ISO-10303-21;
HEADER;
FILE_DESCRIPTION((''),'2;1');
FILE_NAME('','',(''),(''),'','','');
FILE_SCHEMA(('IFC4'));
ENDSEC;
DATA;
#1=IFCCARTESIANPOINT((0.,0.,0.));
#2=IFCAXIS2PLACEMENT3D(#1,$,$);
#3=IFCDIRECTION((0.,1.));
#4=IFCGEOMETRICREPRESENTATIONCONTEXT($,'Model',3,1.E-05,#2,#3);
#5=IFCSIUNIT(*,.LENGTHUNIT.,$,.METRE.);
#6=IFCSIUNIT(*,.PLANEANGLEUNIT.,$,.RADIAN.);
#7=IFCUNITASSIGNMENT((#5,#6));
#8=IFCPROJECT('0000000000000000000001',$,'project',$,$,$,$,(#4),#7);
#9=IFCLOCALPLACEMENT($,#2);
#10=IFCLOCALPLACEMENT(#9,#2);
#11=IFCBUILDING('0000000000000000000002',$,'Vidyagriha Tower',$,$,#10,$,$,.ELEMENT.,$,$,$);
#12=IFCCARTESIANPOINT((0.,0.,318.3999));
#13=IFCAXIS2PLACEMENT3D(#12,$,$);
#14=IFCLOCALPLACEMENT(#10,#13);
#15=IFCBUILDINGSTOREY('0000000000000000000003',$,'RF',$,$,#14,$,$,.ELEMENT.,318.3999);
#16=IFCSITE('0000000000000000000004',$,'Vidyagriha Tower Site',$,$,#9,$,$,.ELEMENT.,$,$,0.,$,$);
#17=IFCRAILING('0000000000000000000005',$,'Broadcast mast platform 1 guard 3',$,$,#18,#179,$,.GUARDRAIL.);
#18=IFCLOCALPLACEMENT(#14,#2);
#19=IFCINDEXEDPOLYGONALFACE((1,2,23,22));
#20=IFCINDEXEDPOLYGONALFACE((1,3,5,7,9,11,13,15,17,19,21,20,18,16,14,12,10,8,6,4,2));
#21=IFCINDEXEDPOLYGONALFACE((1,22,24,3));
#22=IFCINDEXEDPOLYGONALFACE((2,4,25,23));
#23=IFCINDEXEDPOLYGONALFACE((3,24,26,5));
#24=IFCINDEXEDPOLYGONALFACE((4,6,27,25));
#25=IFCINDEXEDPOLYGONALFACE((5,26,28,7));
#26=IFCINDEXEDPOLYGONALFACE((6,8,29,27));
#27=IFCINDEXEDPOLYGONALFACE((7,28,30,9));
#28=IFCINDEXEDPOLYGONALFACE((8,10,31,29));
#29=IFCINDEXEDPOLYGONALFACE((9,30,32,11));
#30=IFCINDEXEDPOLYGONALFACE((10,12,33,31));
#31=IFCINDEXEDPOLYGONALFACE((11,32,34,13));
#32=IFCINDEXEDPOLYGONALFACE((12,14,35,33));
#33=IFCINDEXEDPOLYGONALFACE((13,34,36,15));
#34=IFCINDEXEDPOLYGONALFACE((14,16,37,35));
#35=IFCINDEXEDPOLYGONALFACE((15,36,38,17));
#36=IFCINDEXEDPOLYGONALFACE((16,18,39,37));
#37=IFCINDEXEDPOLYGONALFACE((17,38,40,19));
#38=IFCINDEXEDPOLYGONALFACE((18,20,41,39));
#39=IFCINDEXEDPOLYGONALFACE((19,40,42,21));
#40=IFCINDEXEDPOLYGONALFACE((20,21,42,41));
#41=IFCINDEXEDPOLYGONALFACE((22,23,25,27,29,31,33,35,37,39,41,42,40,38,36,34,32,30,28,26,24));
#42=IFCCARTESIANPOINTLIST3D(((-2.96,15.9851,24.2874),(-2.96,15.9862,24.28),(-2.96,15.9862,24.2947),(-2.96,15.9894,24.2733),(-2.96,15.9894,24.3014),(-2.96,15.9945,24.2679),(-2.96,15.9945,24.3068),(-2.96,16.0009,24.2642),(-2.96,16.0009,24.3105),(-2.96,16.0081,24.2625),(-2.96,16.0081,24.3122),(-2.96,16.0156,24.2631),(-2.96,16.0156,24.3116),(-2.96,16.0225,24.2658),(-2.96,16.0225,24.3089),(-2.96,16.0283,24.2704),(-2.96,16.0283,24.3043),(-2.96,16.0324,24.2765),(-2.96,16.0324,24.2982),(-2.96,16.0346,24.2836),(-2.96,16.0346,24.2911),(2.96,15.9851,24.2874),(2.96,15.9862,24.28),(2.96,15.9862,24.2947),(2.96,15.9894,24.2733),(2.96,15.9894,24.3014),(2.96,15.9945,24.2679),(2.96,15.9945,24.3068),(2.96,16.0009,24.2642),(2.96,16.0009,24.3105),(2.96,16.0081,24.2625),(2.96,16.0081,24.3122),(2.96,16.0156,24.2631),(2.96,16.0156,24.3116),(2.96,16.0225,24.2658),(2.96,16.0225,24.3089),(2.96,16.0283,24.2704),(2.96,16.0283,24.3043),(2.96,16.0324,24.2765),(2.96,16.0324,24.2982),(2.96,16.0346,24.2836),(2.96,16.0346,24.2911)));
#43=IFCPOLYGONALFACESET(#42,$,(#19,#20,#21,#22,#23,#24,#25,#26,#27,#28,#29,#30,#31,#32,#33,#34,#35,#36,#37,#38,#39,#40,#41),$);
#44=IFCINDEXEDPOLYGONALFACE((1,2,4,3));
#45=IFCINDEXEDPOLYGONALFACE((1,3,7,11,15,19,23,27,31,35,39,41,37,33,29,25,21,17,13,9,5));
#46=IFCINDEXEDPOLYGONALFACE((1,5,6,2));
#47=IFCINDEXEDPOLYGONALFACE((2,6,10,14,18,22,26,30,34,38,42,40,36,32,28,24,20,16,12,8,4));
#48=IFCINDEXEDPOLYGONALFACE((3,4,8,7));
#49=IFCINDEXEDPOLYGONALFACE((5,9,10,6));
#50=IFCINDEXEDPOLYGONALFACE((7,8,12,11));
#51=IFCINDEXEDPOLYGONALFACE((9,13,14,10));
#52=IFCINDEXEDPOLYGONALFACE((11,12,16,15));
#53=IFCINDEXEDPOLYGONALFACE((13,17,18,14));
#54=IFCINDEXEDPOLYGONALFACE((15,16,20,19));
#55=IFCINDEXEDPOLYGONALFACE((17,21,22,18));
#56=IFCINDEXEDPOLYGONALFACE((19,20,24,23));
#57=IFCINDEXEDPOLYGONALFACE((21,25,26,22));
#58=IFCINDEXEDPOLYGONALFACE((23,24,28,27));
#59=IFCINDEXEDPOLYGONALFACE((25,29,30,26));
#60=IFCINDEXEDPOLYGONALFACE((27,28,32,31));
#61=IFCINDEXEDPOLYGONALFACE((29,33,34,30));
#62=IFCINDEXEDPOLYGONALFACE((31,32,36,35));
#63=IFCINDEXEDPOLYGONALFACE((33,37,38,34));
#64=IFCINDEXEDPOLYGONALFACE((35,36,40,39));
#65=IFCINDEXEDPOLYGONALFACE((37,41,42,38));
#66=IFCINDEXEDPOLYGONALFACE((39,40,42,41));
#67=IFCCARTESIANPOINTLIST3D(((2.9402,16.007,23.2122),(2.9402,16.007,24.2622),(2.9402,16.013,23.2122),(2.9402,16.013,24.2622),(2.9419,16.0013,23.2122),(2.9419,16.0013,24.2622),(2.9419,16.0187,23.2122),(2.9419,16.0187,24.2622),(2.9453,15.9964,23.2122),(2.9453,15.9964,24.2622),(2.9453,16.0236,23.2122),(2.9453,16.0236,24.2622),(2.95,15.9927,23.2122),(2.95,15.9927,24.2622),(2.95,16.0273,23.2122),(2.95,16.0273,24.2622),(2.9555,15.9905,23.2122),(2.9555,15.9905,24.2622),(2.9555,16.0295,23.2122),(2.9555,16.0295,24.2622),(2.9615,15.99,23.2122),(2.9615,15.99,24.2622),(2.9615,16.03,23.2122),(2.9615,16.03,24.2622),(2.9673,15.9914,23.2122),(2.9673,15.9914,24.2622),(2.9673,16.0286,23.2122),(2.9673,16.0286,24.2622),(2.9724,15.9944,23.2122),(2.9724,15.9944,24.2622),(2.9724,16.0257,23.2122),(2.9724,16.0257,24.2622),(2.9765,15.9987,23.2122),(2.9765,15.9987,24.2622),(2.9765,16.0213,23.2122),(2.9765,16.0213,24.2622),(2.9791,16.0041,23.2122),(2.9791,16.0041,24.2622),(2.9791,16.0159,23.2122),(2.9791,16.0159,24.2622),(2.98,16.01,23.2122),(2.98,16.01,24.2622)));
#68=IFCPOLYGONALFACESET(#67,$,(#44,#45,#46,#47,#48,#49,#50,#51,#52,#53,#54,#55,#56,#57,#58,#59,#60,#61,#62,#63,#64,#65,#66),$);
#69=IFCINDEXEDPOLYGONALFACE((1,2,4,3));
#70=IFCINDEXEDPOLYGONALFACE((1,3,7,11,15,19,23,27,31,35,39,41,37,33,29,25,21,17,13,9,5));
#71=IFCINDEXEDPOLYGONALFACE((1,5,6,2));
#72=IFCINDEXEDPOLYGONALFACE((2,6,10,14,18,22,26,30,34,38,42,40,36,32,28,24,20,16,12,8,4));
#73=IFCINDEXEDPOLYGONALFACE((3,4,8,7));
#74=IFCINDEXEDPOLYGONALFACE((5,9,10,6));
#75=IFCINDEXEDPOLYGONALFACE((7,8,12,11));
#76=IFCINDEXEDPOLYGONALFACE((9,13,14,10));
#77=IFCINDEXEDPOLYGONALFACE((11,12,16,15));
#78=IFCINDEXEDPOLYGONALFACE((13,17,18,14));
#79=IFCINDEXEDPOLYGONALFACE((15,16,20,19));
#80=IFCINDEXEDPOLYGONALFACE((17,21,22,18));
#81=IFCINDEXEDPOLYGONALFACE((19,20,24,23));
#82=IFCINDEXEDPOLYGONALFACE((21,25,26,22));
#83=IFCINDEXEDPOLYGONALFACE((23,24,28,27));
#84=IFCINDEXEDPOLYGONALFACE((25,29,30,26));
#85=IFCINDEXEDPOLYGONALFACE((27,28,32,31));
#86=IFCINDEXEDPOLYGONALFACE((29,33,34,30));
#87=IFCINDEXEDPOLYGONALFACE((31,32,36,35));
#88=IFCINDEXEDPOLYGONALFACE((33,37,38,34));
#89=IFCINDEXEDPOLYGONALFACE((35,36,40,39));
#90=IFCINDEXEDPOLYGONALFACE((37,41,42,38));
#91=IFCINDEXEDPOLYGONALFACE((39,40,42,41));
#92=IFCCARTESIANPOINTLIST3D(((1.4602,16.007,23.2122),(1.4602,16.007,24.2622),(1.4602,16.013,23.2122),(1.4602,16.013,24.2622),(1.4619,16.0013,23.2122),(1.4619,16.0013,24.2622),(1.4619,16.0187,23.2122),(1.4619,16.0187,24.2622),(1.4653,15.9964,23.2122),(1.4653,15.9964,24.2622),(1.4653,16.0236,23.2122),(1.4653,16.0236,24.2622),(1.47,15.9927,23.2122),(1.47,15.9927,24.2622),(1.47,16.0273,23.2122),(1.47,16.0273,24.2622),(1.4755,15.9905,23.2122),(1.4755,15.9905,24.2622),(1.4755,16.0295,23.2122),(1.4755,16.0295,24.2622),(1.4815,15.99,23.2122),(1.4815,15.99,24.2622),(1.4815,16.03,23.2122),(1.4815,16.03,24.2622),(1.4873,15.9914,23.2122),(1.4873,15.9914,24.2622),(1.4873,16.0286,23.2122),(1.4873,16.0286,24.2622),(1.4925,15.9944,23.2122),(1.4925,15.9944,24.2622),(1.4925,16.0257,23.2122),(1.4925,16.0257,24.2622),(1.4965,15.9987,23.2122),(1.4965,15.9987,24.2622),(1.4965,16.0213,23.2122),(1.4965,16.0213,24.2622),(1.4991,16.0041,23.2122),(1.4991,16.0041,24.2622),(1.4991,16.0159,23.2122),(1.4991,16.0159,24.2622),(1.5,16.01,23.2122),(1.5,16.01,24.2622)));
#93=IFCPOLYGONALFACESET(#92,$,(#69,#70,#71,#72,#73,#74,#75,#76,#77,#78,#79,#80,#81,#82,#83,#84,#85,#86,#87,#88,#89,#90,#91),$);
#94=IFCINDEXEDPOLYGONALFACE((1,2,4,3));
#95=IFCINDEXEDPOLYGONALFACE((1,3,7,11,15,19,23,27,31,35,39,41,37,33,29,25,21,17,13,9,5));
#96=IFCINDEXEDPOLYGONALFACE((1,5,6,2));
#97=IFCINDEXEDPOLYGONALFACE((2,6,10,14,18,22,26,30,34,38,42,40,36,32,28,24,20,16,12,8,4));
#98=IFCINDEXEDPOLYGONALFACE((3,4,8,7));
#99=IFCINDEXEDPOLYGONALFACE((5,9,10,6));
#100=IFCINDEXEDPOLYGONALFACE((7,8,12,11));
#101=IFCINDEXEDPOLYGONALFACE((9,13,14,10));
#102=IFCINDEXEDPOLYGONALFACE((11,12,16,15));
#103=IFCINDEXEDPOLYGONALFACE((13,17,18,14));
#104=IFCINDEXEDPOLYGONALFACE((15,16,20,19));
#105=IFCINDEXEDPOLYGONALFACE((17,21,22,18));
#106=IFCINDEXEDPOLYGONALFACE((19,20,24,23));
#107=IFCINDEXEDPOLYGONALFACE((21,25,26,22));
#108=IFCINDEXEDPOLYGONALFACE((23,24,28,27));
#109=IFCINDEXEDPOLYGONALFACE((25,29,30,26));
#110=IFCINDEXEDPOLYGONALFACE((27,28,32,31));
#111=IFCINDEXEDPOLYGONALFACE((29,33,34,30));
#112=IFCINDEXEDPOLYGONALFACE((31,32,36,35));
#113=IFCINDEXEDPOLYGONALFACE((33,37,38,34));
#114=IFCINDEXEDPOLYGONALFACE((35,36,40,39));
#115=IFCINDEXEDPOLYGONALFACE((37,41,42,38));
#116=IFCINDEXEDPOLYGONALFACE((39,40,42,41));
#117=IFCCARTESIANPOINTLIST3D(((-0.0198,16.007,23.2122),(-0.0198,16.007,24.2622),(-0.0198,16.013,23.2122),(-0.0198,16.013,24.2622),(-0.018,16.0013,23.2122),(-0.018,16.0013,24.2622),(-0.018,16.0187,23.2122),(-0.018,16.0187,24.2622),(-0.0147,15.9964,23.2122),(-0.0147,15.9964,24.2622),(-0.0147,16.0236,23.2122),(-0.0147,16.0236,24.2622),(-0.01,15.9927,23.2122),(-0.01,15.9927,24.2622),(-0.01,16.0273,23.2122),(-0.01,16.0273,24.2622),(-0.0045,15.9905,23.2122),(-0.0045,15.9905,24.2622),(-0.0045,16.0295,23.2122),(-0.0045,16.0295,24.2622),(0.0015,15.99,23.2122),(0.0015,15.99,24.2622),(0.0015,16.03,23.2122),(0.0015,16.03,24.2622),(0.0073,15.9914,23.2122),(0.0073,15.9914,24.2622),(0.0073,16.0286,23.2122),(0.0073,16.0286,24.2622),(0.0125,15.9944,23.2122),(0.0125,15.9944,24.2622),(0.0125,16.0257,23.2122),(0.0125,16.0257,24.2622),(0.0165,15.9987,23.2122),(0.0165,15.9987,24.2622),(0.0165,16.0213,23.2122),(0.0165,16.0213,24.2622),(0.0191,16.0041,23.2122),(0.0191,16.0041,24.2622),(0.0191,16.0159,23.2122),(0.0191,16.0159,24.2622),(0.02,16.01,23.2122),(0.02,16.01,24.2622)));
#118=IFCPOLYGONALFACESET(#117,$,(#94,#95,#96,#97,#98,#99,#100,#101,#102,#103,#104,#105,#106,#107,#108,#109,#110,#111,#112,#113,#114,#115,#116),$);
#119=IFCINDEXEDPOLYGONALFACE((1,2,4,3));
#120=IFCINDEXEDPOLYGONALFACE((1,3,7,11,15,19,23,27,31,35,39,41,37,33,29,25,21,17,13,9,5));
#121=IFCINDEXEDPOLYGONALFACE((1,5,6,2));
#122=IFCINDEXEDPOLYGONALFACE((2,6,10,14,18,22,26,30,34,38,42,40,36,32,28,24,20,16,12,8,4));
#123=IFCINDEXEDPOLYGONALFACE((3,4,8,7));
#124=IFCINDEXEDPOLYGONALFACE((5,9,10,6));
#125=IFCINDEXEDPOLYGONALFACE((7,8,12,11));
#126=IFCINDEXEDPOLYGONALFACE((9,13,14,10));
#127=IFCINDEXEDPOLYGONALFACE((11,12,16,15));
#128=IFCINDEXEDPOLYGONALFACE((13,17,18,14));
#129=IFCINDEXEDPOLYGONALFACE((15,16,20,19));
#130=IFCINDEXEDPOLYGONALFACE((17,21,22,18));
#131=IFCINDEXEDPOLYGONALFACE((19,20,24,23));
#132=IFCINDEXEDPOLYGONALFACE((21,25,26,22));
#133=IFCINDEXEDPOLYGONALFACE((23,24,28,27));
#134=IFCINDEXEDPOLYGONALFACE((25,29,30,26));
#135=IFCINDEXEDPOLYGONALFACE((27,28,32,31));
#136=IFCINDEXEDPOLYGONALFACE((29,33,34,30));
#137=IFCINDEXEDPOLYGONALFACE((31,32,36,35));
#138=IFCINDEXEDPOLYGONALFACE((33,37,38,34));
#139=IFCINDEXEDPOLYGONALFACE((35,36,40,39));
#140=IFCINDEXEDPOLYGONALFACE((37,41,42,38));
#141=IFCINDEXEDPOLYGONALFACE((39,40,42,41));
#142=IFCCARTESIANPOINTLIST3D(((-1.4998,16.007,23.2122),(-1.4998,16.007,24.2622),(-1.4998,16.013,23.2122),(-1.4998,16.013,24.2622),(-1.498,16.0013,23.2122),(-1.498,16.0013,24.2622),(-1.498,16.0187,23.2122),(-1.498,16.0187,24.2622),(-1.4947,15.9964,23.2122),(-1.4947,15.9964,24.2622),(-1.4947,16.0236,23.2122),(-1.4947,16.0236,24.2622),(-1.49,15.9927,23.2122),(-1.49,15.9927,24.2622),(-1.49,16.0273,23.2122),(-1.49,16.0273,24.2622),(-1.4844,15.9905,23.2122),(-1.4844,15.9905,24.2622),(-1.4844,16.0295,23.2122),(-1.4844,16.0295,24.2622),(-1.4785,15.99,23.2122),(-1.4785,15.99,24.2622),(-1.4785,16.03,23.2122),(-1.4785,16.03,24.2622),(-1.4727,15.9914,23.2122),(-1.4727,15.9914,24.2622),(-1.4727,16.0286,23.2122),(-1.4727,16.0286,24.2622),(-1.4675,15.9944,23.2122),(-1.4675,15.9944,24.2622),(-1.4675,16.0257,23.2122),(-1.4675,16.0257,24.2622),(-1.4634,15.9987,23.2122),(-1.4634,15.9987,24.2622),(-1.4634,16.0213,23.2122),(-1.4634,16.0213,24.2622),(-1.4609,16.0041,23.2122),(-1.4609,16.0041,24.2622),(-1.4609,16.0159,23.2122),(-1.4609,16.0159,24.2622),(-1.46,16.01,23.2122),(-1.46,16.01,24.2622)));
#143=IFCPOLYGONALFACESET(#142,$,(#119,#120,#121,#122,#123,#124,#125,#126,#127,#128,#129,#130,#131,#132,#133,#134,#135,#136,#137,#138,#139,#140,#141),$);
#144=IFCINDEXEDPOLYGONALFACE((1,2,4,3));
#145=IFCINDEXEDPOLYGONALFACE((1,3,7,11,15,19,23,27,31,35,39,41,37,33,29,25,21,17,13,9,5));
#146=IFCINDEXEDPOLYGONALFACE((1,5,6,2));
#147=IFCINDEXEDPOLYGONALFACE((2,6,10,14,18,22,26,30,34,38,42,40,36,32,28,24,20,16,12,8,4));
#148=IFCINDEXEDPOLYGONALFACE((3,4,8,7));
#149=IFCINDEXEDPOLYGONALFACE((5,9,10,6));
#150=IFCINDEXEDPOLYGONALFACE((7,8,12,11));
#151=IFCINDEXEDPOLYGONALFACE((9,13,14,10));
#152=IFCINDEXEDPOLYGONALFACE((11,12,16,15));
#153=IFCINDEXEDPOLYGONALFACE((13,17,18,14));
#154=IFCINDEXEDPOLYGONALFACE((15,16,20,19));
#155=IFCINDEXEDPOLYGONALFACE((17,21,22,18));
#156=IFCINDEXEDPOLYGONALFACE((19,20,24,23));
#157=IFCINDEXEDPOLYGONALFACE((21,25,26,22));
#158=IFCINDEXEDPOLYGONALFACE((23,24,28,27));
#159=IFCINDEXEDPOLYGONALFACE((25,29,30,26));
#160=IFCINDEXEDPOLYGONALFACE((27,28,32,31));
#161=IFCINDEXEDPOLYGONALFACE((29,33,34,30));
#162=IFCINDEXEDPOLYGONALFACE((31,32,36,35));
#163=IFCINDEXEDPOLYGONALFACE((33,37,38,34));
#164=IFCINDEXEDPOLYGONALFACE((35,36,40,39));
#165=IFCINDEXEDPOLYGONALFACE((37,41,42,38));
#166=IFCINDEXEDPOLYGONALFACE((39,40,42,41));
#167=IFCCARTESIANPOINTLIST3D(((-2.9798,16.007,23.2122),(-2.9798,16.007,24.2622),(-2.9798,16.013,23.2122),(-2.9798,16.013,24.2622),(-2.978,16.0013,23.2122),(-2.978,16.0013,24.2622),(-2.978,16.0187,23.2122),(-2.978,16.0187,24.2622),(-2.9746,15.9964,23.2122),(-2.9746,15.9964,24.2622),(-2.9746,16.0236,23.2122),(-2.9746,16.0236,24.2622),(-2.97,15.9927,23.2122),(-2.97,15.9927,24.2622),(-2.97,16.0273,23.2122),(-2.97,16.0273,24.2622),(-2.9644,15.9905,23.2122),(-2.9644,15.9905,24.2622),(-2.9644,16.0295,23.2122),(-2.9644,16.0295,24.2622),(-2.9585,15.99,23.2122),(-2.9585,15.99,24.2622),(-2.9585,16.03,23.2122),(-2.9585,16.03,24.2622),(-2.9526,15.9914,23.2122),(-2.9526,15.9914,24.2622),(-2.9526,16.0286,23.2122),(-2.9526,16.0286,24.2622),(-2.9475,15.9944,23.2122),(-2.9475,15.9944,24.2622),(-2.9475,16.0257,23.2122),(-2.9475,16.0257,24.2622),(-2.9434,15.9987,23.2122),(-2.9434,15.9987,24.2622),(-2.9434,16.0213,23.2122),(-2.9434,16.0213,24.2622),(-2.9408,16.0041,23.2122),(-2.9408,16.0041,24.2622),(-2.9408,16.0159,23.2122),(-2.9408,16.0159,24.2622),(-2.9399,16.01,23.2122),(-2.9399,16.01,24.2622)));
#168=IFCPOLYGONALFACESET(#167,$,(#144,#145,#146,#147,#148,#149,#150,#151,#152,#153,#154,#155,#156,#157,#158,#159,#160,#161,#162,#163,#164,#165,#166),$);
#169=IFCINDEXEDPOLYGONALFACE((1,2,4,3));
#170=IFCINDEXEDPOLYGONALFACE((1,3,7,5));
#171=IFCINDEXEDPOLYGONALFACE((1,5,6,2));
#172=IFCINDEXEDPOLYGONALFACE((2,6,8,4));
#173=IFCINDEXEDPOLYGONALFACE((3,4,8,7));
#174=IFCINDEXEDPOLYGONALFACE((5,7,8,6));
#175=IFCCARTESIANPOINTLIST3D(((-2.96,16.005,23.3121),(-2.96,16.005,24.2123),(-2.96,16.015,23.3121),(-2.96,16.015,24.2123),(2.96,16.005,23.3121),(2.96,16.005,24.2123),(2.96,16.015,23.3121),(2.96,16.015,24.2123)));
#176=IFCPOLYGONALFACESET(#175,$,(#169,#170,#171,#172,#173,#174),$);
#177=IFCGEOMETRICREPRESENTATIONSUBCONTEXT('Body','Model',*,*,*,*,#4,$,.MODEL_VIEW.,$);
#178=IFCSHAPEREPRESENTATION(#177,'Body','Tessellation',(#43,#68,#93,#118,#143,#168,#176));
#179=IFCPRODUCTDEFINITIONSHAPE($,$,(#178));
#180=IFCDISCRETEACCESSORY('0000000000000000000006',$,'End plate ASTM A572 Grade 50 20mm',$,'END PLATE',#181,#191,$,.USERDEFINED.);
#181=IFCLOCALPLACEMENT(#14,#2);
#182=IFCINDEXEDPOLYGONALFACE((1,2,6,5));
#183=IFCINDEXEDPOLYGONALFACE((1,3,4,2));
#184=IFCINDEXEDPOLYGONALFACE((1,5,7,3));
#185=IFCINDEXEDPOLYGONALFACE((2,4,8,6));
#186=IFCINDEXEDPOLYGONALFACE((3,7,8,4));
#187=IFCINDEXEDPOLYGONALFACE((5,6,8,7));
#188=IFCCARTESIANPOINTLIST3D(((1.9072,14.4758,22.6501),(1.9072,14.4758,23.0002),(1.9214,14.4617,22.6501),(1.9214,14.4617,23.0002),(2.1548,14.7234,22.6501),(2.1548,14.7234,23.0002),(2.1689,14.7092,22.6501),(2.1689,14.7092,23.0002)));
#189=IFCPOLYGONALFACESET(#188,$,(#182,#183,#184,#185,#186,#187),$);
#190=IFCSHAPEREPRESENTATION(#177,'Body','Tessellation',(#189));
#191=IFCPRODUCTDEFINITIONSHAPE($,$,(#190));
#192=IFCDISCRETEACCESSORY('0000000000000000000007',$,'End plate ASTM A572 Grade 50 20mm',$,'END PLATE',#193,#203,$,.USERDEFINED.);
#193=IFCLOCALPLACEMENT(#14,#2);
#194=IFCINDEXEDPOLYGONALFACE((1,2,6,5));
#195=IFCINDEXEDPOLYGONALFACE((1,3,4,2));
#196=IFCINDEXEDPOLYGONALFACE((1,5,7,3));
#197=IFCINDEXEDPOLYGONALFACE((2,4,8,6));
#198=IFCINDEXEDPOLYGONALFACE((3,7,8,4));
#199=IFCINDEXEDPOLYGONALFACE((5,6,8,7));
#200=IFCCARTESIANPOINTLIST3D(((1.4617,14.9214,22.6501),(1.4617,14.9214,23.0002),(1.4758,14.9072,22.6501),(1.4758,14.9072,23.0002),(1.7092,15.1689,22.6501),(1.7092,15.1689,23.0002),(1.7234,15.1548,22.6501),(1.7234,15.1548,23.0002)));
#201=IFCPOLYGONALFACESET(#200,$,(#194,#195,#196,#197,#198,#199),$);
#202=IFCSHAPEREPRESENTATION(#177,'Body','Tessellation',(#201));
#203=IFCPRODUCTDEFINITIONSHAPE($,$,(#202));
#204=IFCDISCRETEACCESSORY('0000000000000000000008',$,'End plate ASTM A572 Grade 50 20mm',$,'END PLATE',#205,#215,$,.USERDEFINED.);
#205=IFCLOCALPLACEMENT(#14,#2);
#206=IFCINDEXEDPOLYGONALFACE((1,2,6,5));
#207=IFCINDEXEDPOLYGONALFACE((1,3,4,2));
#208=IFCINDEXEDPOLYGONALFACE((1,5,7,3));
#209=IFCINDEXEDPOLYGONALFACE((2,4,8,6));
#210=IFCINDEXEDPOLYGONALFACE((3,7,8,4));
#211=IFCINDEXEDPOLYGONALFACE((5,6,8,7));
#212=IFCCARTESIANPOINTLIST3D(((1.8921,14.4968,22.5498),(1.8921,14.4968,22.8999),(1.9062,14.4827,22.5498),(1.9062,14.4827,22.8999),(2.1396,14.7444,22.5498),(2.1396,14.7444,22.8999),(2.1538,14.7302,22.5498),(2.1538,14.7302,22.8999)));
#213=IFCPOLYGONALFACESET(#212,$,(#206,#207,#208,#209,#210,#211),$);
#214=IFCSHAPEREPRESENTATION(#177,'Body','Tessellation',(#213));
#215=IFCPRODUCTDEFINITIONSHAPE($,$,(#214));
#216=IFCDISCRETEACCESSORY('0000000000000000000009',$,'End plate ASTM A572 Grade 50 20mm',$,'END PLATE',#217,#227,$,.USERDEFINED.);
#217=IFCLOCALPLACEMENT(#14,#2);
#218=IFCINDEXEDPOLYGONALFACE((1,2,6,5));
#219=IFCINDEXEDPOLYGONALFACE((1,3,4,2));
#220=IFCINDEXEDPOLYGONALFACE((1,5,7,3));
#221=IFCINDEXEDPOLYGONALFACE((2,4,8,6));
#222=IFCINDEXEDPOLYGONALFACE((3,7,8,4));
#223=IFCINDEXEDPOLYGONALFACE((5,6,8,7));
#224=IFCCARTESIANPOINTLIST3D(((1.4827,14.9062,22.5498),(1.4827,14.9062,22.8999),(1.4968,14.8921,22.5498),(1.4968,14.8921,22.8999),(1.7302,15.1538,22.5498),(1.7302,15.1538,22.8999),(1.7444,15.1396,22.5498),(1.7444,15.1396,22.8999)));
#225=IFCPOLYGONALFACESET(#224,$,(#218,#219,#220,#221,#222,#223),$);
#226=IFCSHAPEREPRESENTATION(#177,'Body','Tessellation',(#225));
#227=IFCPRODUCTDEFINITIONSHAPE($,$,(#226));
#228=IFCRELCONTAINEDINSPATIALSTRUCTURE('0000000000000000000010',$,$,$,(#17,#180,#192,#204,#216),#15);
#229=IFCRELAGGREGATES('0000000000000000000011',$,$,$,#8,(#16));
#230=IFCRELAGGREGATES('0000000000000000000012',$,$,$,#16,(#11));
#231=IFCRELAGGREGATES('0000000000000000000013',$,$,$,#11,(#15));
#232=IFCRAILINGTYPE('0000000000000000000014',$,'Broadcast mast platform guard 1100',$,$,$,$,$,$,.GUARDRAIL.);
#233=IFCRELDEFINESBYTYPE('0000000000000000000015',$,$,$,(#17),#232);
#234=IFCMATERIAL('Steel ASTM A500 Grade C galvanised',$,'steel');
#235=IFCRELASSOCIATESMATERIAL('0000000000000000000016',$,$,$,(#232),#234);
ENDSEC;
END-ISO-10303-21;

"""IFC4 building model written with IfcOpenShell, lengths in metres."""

from ifc_helpers import new_model, si_unit, direction, frame, origin, origin_2d, place, context, subcontext, project, spatial, rectangle, circle, extrude, material, type_object, element, save


model = new_model("IFC4")

# Units and contexts
model_context = context("Model", 3, precision=1e-05, world=origin(), true_north=direction((0.0, 1.0)))
body_context = subcontext(model_context, "Body", "Model", "MODEL_VIEW")
ifc_project = project(units=[si_unit("LENGTHUNIT", "METRE"), si_unit("PLANEANGLEUNIT", "RADIAN")], contexts=[model_context])

# Site, building, storey
site_placement = place(None, origin())
site = spatial("IfcSite", under=ifc_project, at=site_placement, Name="Vidyagriha Tower Site", CompositionType="ELEMENT", RefElevation=0.0)
building_placement = place(site_placement, origin())
building = spatial("IfcBuilding", under=site, at=building_placement, Name="Vidyagriha Tower", CompositionType="ELEMENT")
storey_placement = place(building_placement, frame((0.0, 0.0, 318.3999)))
storey = spatial("IfcBuildingStorey", under=building, at=storey_placement, Name="RF", CompositionType="ELEMENT", Elevation=318.3999)

# Railing
ifc_material_1 = material(Name="Steel ASTM A500 Grade C galvanised", Category="steel")
railing_type = type_object("IfcRailingType", Name="Broadcast mast platform guard 1100", PredefinedType="GUARDRAIL", material=ifc_material_1)
railing_placement = place(storey_placement, frame((2.96, 16.01, 23.2122)))
element("IfcRailing", 1, at=railing_placement, inside=storey, type_object=railing_type, Name="Broadcast mast platform 1 guard 3", PredefinedType="GUARDRAIL", context=body_context, shape_type="SweptSolid", body=[
    extrude(circle(Radius=0.0249, at=origin_2d()), frame((0.0, 0.0, 1.0752), z_axis=(-1.0, 0.0, 0.0), x_axis=(0.0, -1.0, 0.0)), (0.0, 0.0, 1.0), 5.9199),
    extrude(circle(Radius=0.02, at=origin_2d()), origin(), (0.0, 0.0, 1.0), 1.05),
    extrude(circle(Radius=0.02, at=origin_2d()), frame((-1.48, 0.0, 0.0)), (0.0, 0.0, 1.0), 1.05),
    extrude(circle(Radius=0.02, at=origin_2d()), frame((-2.96, 0.0, 0.0)), (0.0, 0.0, 1.0), 1.05),
    extrude(circle(Radius=0.02, at=origin_2d()), frame((-4.4399, 0.0, 0.0)), (0.0, 0.0, 1.0), 1.05),
    extrude(circle(Radius=0.02, at=origin_2d()), frame((-5.9199, 0.0, 0.0)), (0.0, 0.0, 1.0), 1.05),
    extrude(rectangle(XDim=0.01, YDim=0.9001, at=origin_2d()), frame((0.0, 0.0, 0.55), z_axis=(-1.0, 0.0, 0.0), x_axis=(0.0, -1.0, 0.0)), (0.0, 0.0, 1.0), 5.9199),
])

# Discrete accessories
for number, where, z_axis, x_axis, name in (
    (2, (2.0381, 14.5925, 22.6501), (0.0, 0.0, 1.0), (-0.707107, -0.707107, 0.0), "End plate ASTM A572 Grade 50 20mm"),
    (3, (1.5925, 15.0381, 22.6501), (0.0, 0.0, 1.0), (-0.707107, -0.707107, 0.0), "End plate ASTM A572 Grade 50 20mm"),
    (4, (2.0229, 14.6135, 22.5498), (0.0, 0.0, 1.0), (-0.707107, -0.707107, 0.0), "End plate ASTM A572 Grade 50 20mm"),
    (5, (1.6135, 15.0229, 22.5498), (0.0, 0.0, 1.0), (-0.707107, -0.707107, 0.0), "End plate ASTM A572 Grade 50 20mm"),
):
    element("IfcDiscreteAccessory", number, at=place(storey_placement, frame(where, z_axis=z_axis, x_axis=x_axis)), inside=storey, Name=name, ObjectType="END PLATE", PredefinedType="USERDEFINED", context=body_context, shape_type="SweptSolid", body=[
        extrude(rectangle(XDim=0.3501, YDim=0.02, at=origin_2d()), origin(), (0.0, 0.0, 1.0), 0.3501),
    ])

save(model, "model.ifc")
